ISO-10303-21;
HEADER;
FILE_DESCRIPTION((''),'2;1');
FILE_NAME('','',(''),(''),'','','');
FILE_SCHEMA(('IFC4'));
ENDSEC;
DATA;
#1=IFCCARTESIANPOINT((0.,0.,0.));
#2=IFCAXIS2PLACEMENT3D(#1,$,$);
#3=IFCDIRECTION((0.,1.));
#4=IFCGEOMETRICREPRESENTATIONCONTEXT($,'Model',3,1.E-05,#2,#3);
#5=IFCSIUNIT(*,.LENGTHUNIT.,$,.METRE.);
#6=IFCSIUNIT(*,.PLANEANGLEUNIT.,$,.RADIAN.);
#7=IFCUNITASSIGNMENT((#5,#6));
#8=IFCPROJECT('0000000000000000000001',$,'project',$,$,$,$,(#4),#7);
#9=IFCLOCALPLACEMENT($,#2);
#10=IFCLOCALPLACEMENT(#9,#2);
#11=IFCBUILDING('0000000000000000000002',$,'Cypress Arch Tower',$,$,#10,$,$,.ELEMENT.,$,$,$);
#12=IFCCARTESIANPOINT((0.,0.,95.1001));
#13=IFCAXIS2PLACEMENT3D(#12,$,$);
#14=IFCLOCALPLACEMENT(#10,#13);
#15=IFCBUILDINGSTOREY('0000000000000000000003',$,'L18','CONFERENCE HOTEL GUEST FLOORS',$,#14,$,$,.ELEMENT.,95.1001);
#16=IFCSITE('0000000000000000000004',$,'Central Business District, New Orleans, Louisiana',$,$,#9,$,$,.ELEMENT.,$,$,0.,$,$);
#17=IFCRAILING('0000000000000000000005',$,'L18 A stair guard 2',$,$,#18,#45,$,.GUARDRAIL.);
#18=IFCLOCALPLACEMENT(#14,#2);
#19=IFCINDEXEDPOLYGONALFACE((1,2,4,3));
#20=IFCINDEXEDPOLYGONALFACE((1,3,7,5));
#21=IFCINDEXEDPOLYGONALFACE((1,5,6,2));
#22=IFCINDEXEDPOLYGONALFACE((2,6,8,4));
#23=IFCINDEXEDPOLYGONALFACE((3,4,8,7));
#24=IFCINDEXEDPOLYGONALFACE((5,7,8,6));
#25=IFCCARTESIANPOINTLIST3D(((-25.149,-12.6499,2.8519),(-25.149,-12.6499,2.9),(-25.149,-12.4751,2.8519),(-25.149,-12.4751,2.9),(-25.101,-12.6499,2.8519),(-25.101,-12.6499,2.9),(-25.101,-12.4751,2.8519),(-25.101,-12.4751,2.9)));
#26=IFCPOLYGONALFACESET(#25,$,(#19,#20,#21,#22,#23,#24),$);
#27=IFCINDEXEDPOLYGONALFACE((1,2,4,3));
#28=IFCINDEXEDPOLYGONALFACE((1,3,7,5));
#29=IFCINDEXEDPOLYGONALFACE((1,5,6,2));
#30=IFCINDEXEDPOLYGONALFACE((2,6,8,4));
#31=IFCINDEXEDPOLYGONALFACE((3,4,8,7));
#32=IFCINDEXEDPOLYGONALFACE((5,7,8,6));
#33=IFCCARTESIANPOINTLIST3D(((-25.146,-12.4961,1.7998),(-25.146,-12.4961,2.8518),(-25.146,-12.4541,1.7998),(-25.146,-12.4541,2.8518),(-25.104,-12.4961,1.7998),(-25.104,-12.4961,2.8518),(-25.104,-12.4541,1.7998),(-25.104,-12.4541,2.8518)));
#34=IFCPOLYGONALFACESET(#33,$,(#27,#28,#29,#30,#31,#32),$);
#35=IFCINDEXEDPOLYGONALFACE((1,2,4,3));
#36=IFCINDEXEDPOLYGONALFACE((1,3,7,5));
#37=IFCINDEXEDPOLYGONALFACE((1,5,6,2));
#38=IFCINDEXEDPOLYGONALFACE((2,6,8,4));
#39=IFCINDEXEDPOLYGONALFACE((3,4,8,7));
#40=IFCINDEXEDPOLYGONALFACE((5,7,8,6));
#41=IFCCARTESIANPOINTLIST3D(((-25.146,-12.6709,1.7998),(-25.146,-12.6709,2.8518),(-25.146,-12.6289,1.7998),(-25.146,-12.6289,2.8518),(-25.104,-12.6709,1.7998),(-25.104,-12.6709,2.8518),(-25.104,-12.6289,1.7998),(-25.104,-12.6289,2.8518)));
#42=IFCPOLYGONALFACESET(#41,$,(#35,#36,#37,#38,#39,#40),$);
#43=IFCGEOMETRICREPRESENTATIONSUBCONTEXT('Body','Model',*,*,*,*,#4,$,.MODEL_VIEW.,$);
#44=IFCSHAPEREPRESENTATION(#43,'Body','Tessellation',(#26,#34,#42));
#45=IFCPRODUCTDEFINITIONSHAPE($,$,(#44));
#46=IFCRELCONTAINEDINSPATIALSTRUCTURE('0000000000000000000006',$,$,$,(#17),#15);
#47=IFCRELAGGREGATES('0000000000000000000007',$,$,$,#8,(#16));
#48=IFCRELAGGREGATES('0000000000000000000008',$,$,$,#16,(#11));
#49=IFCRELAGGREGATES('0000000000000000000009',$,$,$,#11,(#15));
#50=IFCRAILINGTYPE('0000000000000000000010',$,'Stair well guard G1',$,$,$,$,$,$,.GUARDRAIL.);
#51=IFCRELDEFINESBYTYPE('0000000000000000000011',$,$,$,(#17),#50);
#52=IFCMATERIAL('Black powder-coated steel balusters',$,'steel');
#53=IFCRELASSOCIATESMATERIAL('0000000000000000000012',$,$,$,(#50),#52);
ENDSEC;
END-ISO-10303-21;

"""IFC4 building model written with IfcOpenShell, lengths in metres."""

from ifc_helpers import new_model, si_unit, direction, frame, origin, origin_2d, place, context, subcontext, project, spatial, rectangle, extrude, material, type_object, element, save


model = new_model("IFC4")

# Units and contexts
model_context = context("Model", 3, precision=1e-05, world=origin(), true_north=direction((0.0, 1.0)))
body_context = subcontext(model_context, "Body", "Model", "MODEL_VIEW")
ifc_project = project(units=[si_unit("LENGTHUNIT", "METRE"), si_unit("PLANEANGLEUNIT", "RADIAN")], contexts=[model_context])

# Site, building, storey
site_placement = place(None, origin())
site = spatial("IfcSite", under=ifc_project, at=site_placement, Name="Central Business District, New Orleans, Louisiana", CompositionType="ELEMENT", RefElevation=0.0)
building_placement = place(site_placement, origin())
building = spatial("IfcBuilding", under=site, at=building_placement, Name="Cypress Arch Tower", CompositionType="ELEMENT")
storey_placement = place(building_placement, frame((0.0, 0.0, 95.1001)))
storey = spatial("IfcBuildingStorey", under=building, at=storey_placement, Name="L18", Description="CONFERENCE HOTEL GUEST FLOORS", CompositionType="ELEMENT", Elevation=95.1001)

# Railing
ifc_material_1 = material(Name="Black powder-coated steel balusters", Category="steel")
railing_type_1 = type_object("IfcRailingType", Name="Stair well guard G1", PredefinedType="GUARDRAIL", material=ifc_material_1)
railing_1_placement = place(storey_placement, frame((-25.125, -12.4751, 1.7998)))
element("IfcRailing", 1, at=railing_1_placement, inside=storey, type_object=railing_type_1, Name="L18 A stair guard 2", PredefinedType="GUARDRAIL", context=body_context, shape_type="SweptSolid", body=[
    extrude(rectangle(XDim=0.0481, YDim=0.0481, at=origin_2d()), frame((0.0, 0.0, 1.0762), z_axis=(0.0, -1.0, 0.0), x_axis=(1.0, 0.0, 0.0)), (0.0, 0.0, 1.0), 0.1748),
    extrude(rectangle(XDim=0.042, YDim=0.042, at=origin_2d()), origin(), (0.0, 0.0, 1.0), 1.052),
    extrude(rectangle(XDim=0.042, YDim=0.042, at=origin_2d()), frame((0.0, -0.1748, 0.0)), (0.0, 0.0, 1.0), 1.052),
])

save(model, "model.ifc")
